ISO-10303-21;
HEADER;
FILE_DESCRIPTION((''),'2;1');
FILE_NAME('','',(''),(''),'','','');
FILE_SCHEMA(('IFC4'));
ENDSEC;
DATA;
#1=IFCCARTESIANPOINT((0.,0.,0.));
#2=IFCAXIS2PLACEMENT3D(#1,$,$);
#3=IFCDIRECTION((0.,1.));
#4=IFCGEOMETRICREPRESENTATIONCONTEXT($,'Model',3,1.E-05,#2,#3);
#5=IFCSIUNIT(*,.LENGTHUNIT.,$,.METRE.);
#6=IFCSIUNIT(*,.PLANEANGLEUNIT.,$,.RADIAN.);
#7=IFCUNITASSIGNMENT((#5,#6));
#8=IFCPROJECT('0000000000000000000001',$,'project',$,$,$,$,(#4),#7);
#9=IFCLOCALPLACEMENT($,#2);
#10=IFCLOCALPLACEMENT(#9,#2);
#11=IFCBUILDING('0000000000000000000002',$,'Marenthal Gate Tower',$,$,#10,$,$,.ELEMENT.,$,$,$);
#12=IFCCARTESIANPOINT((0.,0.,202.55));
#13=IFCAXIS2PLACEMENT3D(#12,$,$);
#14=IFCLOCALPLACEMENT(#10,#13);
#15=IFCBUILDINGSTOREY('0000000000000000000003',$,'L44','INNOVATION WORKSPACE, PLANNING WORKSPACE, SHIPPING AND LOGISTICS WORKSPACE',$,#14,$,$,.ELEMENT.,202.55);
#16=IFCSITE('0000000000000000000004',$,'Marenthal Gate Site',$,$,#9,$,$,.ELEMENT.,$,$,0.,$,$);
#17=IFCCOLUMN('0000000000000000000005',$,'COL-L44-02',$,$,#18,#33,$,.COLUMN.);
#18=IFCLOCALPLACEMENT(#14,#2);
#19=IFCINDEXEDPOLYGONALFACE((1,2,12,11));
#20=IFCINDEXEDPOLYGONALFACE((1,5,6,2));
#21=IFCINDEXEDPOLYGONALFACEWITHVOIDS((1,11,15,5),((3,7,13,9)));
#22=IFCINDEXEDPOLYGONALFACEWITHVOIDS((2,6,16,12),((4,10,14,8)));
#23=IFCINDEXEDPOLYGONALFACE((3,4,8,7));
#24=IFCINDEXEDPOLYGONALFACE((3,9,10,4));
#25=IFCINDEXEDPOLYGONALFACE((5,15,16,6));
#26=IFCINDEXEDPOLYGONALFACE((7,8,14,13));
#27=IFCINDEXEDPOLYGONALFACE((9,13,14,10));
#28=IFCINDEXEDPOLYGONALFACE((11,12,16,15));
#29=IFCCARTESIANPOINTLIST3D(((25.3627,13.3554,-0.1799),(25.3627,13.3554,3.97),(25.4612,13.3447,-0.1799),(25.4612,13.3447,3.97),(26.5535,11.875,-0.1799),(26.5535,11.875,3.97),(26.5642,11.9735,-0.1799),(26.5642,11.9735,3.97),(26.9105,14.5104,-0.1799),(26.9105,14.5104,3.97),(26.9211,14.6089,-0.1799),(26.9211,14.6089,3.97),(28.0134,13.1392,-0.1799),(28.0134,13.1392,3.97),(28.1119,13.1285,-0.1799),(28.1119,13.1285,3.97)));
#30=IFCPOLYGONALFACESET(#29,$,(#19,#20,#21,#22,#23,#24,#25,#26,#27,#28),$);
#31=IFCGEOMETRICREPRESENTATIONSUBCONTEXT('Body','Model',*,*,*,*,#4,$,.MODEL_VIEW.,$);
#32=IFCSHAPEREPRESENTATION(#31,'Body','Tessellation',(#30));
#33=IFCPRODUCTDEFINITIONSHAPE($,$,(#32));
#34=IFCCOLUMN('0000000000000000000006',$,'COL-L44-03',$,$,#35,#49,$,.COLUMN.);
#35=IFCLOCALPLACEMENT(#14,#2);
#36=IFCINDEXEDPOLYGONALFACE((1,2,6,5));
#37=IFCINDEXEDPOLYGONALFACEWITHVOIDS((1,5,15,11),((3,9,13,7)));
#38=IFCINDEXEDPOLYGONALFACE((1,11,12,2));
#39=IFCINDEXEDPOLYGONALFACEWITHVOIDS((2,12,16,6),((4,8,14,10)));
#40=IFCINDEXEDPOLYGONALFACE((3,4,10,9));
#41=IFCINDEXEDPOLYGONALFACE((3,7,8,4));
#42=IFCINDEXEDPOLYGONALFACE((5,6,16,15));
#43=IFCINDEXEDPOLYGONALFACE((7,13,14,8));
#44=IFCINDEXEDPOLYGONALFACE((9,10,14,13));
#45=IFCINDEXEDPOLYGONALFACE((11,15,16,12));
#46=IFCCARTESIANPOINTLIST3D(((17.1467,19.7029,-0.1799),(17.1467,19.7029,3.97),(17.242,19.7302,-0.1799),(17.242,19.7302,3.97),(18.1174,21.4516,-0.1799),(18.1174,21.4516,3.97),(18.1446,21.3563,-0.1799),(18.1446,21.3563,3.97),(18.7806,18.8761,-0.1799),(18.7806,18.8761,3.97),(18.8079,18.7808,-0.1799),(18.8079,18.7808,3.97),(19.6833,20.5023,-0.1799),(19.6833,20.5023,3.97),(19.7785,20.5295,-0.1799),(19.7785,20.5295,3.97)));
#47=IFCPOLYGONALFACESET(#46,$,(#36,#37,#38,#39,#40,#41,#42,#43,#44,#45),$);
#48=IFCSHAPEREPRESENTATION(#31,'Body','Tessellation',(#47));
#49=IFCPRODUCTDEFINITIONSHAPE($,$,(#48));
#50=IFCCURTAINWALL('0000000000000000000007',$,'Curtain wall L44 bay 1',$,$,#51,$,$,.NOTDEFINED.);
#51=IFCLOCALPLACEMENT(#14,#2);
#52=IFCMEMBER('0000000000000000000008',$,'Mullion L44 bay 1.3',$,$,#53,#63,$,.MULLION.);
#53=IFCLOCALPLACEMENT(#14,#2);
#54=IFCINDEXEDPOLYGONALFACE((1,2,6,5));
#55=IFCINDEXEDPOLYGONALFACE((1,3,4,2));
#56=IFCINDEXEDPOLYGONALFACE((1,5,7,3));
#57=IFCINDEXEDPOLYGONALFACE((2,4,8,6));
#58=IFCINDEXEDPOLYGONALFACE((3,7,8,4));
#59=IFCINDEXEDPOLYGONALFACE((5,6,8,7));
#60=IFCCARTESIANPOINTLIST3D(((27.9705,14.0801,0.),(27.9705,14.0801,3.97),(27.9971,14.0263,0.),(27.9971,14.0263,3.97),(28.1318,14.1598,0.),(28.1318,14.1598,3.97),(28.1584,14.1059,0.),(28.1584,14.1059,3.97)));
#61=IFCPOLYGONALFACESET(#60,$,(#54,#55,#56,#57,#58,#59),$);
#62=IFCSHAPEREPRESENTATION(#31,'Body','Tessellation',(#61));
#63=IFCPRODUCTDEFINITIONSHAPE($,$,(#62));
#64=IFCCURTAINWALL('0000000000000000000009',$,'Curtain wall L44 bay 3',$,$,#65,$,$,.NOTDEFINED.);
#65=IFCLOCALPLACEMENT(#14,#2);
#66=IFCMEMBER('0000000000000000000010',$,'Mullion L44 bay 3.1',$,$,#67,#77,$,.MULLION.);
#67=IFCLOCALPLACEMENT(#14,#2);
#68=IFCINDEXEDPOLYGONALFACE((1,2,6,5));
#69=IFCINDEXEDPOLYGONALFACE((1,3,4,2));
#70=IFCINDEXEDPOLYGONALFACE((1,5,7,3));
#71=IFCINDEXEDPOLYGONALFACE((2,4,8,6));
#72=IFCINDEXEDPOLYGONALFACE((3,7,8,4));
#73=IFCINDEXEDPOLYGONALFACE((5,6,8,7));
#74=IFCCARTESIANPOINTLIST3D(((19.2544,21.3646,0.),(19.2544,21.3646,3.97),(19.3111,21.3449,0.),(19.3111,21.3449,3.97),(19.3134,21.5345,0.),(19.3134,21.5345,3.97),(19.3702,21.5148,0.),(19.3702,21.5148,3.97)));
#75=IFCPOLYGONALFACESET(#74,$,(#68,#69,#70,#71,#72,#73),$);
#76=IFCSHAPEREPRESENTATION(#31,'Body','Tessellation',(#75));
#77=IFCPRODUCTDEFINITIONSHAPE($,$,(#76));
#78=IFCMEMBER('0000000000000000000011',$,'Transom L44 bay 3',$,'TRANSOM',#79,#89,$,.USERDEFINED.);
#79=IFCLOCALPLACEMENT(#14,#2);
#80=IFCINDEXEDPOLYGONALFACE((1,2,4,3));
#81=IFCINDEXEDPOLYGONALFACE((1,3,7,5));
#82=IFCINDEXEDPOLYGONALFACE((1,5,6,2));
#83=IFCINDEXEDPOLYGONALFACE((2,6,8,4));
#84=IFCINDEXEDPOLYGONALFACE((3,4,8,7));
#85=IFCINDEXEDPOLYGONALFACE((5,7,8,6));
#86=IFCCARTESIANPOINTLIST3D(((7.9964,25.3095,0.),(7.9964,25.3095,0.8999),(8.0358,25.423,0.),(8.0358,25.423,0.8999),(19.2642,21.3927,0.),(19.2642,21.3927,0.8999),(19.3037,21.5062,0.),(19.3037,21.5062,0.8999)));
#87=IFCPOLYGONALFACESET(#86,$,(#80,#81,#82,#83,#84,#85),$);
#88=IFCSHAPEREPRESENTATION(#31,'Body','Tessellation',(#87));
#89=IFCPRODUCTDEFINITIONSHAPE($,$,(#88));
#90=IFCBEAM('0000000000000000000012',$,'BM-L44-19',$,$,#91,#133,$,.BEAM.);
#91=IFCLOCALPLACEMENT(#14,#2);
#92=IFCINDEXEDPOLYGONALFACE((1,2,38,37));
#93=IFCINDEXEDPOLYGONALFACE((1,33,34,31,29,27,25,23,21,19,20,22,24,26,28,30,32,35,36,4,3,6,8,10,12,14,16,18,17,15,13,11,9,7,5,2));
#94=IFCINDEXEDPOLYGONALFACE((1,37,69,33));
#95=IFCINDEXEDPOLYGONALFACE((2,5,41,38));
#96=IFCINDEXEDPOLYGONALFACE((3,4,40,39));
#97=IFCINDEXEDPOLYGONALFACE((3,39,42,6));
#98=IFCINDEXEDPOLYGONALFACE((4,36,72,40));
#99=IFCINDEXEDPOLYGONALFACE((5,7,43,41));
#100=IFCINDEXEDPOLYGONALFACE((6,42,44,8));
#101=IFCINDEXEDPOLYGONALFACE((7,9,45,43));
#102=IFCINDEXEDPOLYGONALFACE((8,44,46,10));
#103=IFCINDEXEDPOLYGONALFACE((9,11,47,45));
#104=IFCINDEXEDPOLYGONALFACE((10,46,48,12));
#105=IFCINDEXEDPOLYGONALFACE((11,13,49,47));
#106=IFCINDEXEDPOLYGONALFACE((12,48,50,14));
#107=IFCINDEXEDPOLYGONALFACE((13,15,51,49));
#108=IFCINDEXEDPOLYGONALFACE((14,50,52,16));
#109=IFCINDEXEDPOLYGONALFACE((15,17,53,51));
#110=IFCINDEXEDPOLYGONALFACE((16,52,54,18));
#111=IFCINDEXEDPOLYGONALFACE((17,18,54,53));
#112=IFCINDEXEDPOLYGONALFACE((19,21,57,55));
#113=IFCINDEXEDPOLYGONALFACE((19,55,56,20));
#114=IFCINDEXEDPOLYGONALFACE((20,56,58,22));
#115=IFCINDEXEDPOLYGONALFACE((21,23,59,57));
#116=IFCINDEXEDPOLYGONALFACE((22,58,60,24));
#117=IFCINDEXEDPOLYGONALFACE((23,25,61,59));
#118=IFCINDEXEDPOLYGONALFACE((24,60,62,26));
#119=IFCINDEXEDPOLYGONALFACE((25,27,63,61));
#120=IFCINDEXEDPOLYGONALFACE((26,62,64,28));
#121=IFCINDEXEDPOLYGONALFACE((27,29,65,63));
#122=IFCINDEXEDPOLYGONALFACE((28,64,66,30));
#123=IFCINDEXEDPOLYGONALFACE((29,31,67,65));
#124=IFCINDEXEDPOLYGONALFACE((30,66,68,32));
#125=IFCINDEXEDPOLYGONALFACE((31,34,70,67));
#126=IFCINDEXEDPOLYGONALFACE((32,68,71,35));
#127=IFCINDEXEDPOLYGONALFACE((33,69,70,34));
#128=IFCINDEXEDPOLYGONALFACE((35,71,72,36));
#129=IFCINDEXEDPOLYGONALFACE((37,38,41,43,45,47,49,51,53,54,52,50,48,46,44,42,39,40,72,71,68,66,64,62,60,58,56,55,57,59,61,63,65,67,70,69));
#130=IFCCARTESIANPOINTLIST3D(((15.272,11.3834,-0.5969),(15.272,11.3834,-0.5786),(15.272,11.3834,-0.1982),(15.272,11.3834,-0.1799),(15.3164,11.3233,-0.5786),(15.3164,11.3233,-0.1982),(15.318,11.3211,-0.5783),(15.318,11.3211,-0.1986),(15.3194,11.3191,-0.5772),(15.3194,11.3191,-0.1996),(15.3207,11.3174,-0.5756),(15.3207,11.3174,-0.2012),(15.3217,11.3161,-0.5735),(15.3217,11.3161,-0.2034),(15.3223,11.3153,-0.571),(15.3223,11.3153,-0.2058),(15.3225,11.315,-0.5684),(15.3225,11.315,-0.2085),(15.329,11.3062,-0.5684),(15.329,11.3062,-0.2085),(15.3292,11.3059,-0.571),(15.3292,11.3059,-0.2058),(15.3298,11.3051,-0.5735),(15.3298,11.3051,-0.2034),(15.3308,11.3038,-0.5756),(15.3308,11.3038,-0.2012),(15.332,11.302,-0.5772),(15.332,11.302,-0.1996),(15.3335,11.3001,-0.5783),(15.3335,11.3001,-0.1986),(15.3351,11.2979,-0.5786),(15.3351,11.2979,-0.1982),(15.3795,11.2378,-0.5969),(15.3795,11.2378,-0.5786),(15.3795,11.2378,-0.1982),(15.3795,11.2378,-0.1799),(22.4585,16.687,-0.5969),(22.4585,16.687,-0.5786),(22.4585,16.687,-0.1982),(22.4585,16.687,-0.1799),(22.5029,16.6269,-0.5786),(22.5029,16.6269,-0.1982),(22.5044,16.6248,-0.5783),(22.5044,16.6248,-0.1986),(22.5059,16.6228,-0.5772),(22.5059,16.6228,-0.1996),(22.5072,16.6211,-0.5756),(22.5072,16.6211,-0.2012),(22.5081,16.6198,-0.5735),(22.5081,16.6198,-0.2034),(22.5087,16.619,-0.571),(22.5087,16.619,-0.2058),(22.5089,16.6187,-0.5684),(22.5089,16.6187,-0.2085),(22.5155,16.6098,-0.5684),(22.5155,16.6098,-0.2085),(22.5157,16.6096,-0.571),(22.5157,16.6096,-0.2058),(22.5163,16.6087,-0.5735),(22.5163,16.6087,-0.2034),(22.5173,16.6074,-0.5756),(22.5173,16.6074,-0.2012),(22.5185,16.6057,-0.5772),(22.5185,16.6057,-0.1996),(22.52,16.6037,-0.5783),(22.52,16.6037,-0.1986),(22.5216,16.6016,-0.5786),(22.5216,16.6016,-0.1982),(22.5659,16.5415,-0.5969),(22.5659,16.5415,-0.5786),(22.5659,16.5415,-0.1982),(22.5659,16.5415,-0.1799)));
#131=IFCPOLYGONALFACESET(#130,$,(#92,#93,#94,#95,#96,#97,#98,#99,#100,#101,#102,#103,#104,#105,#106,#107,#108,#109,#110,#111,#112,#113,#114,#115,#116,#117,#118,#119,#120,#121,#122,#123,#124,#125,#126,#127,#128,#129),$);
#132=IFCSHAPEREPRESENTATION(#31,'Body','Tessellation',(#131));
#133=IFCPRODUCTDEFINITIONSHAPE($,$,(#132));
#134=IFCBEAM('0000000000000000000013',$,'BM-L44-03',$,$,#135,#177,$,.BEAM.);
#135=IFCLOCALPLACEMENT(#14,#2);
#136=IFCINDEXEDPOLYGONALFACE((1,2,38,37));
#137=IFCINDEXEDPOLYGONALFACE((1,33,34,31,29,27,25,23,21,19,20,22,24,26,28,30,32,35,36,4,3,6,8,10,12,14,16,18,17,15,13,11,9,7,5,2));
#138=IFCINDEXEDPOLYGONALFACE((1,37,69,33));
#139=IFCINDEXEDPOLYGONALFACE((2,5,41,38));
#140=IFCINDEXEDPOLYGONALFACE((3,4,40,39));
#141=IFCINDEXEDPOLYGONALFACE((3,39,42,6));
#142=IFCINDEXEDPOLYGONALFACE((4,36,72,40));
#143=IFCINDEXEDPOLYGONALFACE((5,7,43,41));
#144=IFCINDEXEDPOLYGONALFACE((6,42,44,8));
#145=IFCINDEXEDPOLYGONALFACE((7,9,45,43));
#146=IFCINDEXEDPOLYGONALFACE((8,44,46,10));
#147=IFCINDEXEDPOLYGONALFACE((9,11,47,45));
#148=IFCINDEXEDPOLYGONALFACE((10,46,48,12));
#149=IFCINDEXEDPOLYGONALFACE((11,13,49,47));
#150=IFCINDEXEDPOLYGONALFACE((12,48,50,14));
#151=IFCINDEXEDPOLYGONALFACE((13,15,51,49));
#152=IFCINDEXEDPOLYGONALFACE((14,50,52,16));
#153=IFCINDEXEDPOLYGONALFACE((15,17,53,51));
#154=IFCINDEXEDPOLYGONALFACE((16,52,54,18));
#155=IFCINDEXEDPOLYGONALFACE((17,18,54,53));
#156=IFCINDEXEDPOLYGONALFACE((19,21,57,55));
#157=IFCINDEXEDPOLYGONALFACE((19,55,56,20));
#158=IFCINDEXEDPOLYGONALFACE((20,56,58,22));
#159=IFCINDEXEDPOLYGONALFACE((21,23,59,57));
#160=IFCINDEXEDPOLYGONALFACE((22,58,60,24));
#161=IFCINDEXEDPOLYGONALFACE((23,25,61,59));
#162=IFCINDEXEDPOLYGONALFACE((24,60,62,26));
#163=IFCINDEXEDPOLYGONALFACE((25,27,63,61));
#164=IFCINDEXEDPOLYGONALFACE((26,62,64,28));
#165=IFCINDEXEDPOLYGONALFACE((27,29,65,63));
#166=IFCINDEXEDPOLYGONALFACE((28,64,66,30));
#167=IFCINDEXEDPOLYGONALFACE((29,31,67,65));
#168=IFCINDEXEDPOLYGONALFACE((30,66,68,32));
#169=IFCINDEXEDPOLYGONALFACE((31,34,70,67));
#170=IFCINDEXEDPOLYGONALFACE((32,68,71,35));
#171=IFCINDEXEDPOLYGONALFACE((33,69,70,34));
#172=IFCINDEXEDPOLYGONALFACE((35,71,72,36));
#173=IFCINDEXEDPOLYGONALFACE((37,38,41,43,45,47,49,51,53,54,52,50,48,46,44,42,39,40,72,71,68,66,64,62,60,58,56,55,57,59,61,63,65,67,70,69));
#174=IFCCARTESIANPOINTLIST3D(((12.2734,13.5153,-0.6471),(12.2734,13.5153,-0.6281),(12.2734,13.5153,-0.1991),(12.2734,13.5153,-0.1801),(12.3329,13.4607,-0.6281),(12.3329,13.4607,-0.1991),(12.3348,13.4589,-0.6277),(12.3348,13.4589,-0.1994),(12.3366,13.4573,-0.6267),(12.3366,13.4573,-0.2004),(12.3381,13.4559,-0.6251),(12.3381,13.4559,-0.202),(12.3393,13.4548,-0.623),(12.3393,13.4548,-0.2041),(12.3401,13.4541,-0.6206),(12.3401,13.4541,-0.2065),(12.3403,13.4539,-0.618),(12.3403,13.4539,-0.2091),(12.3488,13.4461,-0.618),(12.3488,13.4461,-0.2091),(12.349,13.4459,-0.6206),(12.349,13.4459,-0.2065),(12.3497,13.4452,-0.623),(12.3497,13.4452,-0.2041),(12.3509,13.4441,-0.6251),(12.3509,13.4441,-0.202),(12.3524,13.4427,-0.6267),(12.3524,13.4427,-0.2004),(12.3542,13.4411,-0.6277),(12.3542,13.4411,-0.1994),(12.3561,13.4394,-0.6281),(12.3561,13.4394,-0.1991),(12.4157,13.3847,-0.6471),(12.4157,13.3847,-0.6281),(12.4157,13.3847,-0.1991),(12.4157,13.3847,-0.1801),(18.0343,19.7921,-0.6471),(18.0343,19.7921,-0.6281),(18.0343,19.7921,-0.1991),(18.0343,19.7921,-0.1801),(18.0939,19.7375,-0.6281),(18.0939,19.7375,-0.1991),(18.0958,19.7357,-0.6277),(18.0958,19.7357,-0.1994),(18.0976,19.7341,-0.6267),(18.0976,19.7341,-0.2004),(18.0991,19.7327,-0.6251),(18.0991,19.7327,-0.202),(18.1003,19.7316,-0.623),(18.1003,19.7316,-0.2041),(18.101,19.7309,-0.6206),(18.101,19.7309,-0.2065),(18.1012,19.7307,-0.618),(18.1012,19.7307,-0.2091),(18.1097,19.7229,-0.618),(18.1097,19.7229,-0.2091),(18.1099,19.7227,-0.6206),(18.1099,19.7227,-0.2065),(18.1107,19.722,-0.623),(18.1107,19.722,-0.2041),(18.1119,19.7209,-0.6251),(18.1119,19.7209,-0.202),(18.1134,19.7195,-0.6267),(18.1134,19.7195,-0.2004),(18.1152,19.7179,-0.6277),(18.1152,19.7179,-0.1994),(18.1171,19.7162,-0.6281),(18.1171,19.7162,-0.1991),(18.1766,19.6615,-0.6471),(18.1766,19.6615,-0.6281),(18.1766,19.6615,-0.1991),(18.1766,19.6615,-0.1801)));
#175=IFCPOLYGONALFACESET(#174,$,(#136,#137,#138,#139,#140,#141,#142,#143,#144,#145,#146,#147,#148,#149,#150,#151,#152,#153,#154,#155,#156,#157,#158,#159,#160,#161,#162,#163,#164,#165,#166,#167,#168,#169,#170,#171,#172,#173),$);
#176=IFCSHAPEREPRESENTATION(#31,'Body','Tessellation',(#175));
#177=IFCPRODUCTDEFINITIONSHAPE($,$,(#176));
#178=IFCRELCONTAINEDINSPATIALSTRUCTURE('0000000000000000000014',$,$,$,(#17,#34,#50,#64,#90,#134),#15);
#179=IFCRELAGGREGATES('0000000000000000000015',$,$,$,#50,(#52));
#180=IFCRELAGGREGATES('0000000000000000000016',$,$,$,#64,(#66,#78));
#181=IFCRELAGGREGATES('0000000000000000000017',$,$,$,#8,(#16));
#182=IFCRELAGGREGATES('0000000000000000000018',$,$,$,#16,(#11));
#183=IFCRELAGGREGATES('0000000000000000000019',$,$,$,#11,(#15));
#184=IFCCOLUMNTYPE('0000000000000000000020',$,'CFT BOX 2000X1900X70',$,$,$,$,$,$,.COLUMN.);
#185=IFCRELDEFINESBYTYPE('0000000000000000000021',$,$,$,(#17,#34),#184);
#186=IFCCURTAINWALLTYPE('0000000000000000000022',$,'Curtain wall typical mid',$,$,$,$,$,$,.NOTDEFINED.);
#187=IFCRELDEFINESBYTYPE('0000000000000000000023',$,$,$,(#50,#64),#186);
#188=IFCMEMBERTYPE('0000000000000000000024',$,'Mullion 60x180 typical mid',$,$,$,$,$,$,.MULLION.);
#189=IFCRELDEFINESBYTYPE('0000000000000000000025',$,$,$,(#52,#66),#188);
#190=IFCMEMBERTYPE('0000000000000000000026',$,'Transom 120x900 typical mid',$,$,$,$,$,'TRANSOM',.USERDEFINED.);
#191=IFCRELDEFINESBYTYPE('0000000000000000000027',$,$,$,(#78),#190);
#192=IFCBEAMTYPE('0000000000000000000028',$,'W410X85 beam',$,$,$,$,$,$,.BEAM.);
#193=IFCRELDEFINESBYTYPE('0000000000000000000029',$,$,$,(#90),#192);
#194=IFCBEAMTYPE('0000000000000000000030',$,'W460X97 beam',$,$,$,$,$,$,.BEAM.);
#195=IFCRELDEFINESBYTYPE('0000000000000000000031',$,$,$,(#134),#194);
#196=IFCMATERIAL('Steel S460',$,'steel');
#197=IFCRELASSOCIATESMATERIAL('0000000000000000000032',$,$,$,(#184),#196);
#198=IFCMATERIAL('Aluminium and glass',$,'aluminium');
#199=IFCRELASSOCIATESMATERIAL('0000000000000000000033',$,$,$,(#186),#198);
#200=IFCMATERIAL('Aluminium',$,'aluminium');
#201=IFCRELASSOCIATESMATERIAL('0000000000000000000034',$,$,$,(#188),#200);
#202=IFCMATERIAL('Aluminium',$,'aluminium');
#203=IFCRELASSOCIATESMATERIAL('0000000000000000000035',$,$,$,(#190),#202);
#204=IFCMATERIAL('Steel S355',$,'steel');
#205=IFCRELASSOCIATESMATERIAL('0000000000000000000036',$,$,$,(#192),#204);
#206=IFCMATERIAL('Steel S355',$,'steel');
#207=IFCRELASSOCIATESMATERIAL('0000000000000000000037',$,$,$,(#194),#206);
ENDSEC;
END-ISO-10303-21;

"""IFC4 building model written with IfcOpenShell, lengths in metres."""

from ifc_helpers import new_model, si_unit, direction, frame, origin, origin_2d, place, context, subcontext, project, spatial, rectangle, hollow_rectangle, i_section, extrude, material, material_profile, profile_set, type_object, element, aggregate, save


model = new_model("IFC4")

# Units and contexts
model_context = context("Model", 3, precision=1e-05, world=origin(), true_north=direction((0.0, 1.0)))
body_context = subcontext(model_context, "Body", "Model", "MODEL_VIEW")
ifc_project = project(units=[si_unit("LENGTHUNIT", "METRE"), si_unit("PLANEANGLEUNIT", "RADIAN")], contexts=[model_context])

# Site, building, storey
site_placement = place(None, origin())
site = spatial("IfcSite", under=ifc_project, at=site_placement, Name="Marenthal Gate Site", CompositionType="ELEMENT", RefElevation=0.0)
building_placement = place(site_placement, origin())
building = spatial("IfcBuilding", under=site, at=building_placement, Name="Marenthal Gate Tower", CompositionType="ELEMENT")
storey_placement = place(building_placement, frame((0.0, 0.0, 202.55)))
storey = spatial("IfcBuildingStorey", under=building, at=storey_placement, Name="L44", Description="INNOVATION WORKSPACE, PLANNING WORKSPACE, SHIPPING AND LOGISTICS WORKSPACE", CompositionType="ELEMENT", Elevation=202.55)

# Columns
ifc_material_1 = material(Name="Steel S460", Category="steel")
ifc_material_profile_1 = material_profile(ifc_material_1, hollow_rectangle(XDim=1.8999, YDim=2.0, WallThickness=0.0701, at=origin_2d()), Name="CFT BOX 2000X1900X70")
ifc_material_2 = material(Name="Concrete 70 MPa", Category="concrete")
ifc_material_profile_2 = material_profile(ifc_material_2, rectangle(XDim=1.76, YDim=1.8601, at=origin_2d()), Name="CFT BOX 2000X1900X70 INFILL")
ifc_profile_set_1 = profile_set([ifc_material_profile_1, ifc_material_profile_2], Name="Steel S460 shell, Concrete 70 MPa infill")
column_type = type_object("IfcColumnType", Name="CFT BOX 2000X1900X70", PredefinedType="COLUMN", material=ifc_profile_set_1)
for number, where, z_axis, x_axis, name in (
    (1, (26.7373, 13.2419, -0.1799), (0.0, 0.0, 1.0), (0.626752, -0.779219, 0.0), "COL-L44-02"),
    (2, (18.4626, 20.1162, -0.1799), (0.0, 0.0, 1.0), (0.874337, -0.485319, 0.0), "COL-L44-03"),
):
    element("IfcColumn", number, at=place(storey_placement, frame(where, z_axis=z_axis, x_axis=x_axis)), inside=storey, type_object=column_type, Name=name, PredefinedType="COLUMN", context=body_context, shape_type="SweptSolid", body=[
        extrude(hollow_rectangle(XDim=1.8999, YDim=2.0, WallThickness=0.0701, at=origin_2d()), origin(), (0.0, 0.0, 1.0), 4.1499),
    ])

# Curtain wall, member
ifc_material_3 = material(Name="Aluminium and glass", Category="aluminium")
curtain_wall_type = type_object("IfcCurtainWallType", Name="Curtain wall typical mid", PredefinedType="NOTDEFINED", material=ifc_material_3)
curtain_wall_1_placement = place(storey_placement, origin())
curtain_wall_1 = element("IfcCurtainWall", 3, at=curtain_wall_1_placement, inside=storey, type_object=curtain_wall_type, Name="Curtain wall L44 bay 1", PredefinedType="NOTDEFINED")
ifc_material_4 = material(Name="Aluminium", Category="aluminium")
ifc_material_profile_3 = material_profile(ifc_material_4, rectangle(XDim=0.1799, YDim=0.0601, at=origin_2d()), Name="60x180 aluminium mullion")
ifc_profile_set_2 = profile_set([ifc_material_profile_3], Name="Aluminium")
member_type_1 = type_object("IfcMemberType", Name="Mullion 60x180 typical mid", PredefinedType="MULLION", material=ifc_profile_set_2)
member_1_placement = place(storey_placement, frame((28.0645, 14.093, 0.0), z_axis=(0.0, 0.0, 1.0), x_axis=(-0.896716, -0.442607, 0.0)))
member_1 = element("IfcMember", 4, at=member_1_placement, type_object=member_type_1, Name="Mullion L44 bay 1.3", PredefinedType="MULLION", context=body_context, shape_type="SweptSolid", body=[
    extrude(rectangle(XDim=0.1799, YDim=0.0601, at=origin_2d()), origin(), (0.0, 0.0, 1.0), 3.97),
])
aggregate(curtain_wall_1, [member_1])

# Curtain wall, members
curtain_wall_2_placement = place(storey_placement, origin())
curtain_wall_2 = element("IfcCurtainWall", 5, at=curtain_wall_2_placement, inside=storey, type_object=curtain_wall_type, Name="Curtain wall L44 bay 3", PredefinedType="NOTDEFINED")
member_2_placement = place(storey_placement, frame((19.3123, 21.4397, 0.0), z_axis=(0.0, 0.0, 1.0), x_axis=(-0.328332, -0.944562, 0.0)))
member_2 = element("IfcMember", 6, at=member_2_placement, type_object=member_type_1, Name="Mullion L44 bay 3.1", PredefinedType="MULLION", context=body_context, shape_type="SweptSolid", body=[
    extrude(rectangle(XDim=0.1799, YDim=0.0601, at=origin_2d()), origin(), (0.0, 0.0, 1.0), 3.97),
])
ifc_material_5 = material(Name="Aluminium", Category="aluminium")
ifc_material_profile_4 = material_profile(ifc_material_5, rectangle(XDim=0.1201, YDim=0.8999, at=origin_2d()), Name="120x900 aluminium transom")
ifc_profile_set_3 = profile_set([ifc_material_profile_4], Name="Aluminium")
member_type_2 = type_object("IfcMemberType", Name="Transom 120x900 typical mid", ElementType="TRANSOM", PredefinedType="USERDEFINED", material=ifc_profile_set_3)
member_3_placement = place(storey_placement, frame((19.2839, 21.4495, 0.45), z_axis=(-0.944562, 0.328334, 0.0), x_axis=(-0.328334, -0.944562, 0.0)))
member_3 = element("IfcMember", 7, at=member_3_placement, type_object=member_type_2, Name="Transom L44 bay 3", ObjectType="TRANSOM", PredefinedType="USERDEFINED", context=body_context, shape_type="SweptSolid", body=[
    extrude(rectangle(XDim=0.1201, YDim=0.8999, at=origin_2d()), origin(), (0.0, 0.0, 1.0), 11.9292),
])

# Beams
ifc_material_6 = material(Name="Steel S355", Category="steel")
ifc_material_profile_5 = material_profile(ifc_material_6, i_section(OverallWidth=0.1809, OverallDepth=0.417, WebThickness=0.011, FlangeThickness=0.0183, FilletRadius=0.0103, at=origin_2d()), Name="W410X85")
ifc_profile_set_4 = profile_set([ifc_material_profile_5], Name="Steel S355")
beam_type_1 = type_object("IfcBeamType", Name="W410X85 beam", PredefinedType="BEAM", material=ifc_profile_set_4)
beam_1_placement = place(storey_placement, frame((22.5122, 16.6143, -0.3884), z_axis=(-0.804608, -0.593807, 0.0), x_axis=(0.593807, -0.804608, 0.0)))
element("IfcBeam", 8, at=beam_1_placement, inside=storey, type_object=beam_type_1, Name="BM-L44-19", PredefinedType="BEAM", context=body_context, shape_type="SweptSolid", body=[
    extrude(i_section(OverallWidth=0.1809, OverallDepth=0.417, WebThickness=0.011, FlangeThickness=0.0183, FilletRadius=0.0103, at=origin_2d()), origin(), (0.0, 0.0, 1.0), 8.9316),
])
ifc_material_7 = material(Name="Steel S355", Category="steel")
ifc_material_profile_6 = material_profile(ifc_material_7, i_section(OverallWidth=0.1931, OverallDepth=0.467, WebThickness=0.0115, FlangeThickness=0.019, FilletRadius=0.01, at=origin_2d()), Name="W460X97")
ifc_profile_set_5 = profile_set([ifc_material_profile_6], Name="Steel S355")
beam_type_2 = type_object("IfcBeamType", Name="W460X97 beam", PredefinedType="BEAM", material=ifc_profile_set_5)
beam_2_placement = place(storey_placement, frame((18.1055, 19.7268, -0.4136), z_axis=(-0.676184, -0.736733, 0.0), x_axis=(0.736733, -0.676184, 0.0)))
element("IfcBeam", 9, at=beam_2_placement, inside=storey, type_object=beam_type_2, Name="BM-L44-03", PredefinedType="BEAM", context=body_context, shape_type="SweptSolid", body=[
    extrude(i_section(OverallWidth=0.1931, OverallDepth=0.467, WebThickness=0.0115, FlangeThickness=0.019, FilletRadius=0.01, at=origin_2d()), origin(), (0.0, 0.0, 1.0), 8.5198),
])

aggregate(curtain_wall_2, [member_2, member_3])

save(model, "model.ifc")
